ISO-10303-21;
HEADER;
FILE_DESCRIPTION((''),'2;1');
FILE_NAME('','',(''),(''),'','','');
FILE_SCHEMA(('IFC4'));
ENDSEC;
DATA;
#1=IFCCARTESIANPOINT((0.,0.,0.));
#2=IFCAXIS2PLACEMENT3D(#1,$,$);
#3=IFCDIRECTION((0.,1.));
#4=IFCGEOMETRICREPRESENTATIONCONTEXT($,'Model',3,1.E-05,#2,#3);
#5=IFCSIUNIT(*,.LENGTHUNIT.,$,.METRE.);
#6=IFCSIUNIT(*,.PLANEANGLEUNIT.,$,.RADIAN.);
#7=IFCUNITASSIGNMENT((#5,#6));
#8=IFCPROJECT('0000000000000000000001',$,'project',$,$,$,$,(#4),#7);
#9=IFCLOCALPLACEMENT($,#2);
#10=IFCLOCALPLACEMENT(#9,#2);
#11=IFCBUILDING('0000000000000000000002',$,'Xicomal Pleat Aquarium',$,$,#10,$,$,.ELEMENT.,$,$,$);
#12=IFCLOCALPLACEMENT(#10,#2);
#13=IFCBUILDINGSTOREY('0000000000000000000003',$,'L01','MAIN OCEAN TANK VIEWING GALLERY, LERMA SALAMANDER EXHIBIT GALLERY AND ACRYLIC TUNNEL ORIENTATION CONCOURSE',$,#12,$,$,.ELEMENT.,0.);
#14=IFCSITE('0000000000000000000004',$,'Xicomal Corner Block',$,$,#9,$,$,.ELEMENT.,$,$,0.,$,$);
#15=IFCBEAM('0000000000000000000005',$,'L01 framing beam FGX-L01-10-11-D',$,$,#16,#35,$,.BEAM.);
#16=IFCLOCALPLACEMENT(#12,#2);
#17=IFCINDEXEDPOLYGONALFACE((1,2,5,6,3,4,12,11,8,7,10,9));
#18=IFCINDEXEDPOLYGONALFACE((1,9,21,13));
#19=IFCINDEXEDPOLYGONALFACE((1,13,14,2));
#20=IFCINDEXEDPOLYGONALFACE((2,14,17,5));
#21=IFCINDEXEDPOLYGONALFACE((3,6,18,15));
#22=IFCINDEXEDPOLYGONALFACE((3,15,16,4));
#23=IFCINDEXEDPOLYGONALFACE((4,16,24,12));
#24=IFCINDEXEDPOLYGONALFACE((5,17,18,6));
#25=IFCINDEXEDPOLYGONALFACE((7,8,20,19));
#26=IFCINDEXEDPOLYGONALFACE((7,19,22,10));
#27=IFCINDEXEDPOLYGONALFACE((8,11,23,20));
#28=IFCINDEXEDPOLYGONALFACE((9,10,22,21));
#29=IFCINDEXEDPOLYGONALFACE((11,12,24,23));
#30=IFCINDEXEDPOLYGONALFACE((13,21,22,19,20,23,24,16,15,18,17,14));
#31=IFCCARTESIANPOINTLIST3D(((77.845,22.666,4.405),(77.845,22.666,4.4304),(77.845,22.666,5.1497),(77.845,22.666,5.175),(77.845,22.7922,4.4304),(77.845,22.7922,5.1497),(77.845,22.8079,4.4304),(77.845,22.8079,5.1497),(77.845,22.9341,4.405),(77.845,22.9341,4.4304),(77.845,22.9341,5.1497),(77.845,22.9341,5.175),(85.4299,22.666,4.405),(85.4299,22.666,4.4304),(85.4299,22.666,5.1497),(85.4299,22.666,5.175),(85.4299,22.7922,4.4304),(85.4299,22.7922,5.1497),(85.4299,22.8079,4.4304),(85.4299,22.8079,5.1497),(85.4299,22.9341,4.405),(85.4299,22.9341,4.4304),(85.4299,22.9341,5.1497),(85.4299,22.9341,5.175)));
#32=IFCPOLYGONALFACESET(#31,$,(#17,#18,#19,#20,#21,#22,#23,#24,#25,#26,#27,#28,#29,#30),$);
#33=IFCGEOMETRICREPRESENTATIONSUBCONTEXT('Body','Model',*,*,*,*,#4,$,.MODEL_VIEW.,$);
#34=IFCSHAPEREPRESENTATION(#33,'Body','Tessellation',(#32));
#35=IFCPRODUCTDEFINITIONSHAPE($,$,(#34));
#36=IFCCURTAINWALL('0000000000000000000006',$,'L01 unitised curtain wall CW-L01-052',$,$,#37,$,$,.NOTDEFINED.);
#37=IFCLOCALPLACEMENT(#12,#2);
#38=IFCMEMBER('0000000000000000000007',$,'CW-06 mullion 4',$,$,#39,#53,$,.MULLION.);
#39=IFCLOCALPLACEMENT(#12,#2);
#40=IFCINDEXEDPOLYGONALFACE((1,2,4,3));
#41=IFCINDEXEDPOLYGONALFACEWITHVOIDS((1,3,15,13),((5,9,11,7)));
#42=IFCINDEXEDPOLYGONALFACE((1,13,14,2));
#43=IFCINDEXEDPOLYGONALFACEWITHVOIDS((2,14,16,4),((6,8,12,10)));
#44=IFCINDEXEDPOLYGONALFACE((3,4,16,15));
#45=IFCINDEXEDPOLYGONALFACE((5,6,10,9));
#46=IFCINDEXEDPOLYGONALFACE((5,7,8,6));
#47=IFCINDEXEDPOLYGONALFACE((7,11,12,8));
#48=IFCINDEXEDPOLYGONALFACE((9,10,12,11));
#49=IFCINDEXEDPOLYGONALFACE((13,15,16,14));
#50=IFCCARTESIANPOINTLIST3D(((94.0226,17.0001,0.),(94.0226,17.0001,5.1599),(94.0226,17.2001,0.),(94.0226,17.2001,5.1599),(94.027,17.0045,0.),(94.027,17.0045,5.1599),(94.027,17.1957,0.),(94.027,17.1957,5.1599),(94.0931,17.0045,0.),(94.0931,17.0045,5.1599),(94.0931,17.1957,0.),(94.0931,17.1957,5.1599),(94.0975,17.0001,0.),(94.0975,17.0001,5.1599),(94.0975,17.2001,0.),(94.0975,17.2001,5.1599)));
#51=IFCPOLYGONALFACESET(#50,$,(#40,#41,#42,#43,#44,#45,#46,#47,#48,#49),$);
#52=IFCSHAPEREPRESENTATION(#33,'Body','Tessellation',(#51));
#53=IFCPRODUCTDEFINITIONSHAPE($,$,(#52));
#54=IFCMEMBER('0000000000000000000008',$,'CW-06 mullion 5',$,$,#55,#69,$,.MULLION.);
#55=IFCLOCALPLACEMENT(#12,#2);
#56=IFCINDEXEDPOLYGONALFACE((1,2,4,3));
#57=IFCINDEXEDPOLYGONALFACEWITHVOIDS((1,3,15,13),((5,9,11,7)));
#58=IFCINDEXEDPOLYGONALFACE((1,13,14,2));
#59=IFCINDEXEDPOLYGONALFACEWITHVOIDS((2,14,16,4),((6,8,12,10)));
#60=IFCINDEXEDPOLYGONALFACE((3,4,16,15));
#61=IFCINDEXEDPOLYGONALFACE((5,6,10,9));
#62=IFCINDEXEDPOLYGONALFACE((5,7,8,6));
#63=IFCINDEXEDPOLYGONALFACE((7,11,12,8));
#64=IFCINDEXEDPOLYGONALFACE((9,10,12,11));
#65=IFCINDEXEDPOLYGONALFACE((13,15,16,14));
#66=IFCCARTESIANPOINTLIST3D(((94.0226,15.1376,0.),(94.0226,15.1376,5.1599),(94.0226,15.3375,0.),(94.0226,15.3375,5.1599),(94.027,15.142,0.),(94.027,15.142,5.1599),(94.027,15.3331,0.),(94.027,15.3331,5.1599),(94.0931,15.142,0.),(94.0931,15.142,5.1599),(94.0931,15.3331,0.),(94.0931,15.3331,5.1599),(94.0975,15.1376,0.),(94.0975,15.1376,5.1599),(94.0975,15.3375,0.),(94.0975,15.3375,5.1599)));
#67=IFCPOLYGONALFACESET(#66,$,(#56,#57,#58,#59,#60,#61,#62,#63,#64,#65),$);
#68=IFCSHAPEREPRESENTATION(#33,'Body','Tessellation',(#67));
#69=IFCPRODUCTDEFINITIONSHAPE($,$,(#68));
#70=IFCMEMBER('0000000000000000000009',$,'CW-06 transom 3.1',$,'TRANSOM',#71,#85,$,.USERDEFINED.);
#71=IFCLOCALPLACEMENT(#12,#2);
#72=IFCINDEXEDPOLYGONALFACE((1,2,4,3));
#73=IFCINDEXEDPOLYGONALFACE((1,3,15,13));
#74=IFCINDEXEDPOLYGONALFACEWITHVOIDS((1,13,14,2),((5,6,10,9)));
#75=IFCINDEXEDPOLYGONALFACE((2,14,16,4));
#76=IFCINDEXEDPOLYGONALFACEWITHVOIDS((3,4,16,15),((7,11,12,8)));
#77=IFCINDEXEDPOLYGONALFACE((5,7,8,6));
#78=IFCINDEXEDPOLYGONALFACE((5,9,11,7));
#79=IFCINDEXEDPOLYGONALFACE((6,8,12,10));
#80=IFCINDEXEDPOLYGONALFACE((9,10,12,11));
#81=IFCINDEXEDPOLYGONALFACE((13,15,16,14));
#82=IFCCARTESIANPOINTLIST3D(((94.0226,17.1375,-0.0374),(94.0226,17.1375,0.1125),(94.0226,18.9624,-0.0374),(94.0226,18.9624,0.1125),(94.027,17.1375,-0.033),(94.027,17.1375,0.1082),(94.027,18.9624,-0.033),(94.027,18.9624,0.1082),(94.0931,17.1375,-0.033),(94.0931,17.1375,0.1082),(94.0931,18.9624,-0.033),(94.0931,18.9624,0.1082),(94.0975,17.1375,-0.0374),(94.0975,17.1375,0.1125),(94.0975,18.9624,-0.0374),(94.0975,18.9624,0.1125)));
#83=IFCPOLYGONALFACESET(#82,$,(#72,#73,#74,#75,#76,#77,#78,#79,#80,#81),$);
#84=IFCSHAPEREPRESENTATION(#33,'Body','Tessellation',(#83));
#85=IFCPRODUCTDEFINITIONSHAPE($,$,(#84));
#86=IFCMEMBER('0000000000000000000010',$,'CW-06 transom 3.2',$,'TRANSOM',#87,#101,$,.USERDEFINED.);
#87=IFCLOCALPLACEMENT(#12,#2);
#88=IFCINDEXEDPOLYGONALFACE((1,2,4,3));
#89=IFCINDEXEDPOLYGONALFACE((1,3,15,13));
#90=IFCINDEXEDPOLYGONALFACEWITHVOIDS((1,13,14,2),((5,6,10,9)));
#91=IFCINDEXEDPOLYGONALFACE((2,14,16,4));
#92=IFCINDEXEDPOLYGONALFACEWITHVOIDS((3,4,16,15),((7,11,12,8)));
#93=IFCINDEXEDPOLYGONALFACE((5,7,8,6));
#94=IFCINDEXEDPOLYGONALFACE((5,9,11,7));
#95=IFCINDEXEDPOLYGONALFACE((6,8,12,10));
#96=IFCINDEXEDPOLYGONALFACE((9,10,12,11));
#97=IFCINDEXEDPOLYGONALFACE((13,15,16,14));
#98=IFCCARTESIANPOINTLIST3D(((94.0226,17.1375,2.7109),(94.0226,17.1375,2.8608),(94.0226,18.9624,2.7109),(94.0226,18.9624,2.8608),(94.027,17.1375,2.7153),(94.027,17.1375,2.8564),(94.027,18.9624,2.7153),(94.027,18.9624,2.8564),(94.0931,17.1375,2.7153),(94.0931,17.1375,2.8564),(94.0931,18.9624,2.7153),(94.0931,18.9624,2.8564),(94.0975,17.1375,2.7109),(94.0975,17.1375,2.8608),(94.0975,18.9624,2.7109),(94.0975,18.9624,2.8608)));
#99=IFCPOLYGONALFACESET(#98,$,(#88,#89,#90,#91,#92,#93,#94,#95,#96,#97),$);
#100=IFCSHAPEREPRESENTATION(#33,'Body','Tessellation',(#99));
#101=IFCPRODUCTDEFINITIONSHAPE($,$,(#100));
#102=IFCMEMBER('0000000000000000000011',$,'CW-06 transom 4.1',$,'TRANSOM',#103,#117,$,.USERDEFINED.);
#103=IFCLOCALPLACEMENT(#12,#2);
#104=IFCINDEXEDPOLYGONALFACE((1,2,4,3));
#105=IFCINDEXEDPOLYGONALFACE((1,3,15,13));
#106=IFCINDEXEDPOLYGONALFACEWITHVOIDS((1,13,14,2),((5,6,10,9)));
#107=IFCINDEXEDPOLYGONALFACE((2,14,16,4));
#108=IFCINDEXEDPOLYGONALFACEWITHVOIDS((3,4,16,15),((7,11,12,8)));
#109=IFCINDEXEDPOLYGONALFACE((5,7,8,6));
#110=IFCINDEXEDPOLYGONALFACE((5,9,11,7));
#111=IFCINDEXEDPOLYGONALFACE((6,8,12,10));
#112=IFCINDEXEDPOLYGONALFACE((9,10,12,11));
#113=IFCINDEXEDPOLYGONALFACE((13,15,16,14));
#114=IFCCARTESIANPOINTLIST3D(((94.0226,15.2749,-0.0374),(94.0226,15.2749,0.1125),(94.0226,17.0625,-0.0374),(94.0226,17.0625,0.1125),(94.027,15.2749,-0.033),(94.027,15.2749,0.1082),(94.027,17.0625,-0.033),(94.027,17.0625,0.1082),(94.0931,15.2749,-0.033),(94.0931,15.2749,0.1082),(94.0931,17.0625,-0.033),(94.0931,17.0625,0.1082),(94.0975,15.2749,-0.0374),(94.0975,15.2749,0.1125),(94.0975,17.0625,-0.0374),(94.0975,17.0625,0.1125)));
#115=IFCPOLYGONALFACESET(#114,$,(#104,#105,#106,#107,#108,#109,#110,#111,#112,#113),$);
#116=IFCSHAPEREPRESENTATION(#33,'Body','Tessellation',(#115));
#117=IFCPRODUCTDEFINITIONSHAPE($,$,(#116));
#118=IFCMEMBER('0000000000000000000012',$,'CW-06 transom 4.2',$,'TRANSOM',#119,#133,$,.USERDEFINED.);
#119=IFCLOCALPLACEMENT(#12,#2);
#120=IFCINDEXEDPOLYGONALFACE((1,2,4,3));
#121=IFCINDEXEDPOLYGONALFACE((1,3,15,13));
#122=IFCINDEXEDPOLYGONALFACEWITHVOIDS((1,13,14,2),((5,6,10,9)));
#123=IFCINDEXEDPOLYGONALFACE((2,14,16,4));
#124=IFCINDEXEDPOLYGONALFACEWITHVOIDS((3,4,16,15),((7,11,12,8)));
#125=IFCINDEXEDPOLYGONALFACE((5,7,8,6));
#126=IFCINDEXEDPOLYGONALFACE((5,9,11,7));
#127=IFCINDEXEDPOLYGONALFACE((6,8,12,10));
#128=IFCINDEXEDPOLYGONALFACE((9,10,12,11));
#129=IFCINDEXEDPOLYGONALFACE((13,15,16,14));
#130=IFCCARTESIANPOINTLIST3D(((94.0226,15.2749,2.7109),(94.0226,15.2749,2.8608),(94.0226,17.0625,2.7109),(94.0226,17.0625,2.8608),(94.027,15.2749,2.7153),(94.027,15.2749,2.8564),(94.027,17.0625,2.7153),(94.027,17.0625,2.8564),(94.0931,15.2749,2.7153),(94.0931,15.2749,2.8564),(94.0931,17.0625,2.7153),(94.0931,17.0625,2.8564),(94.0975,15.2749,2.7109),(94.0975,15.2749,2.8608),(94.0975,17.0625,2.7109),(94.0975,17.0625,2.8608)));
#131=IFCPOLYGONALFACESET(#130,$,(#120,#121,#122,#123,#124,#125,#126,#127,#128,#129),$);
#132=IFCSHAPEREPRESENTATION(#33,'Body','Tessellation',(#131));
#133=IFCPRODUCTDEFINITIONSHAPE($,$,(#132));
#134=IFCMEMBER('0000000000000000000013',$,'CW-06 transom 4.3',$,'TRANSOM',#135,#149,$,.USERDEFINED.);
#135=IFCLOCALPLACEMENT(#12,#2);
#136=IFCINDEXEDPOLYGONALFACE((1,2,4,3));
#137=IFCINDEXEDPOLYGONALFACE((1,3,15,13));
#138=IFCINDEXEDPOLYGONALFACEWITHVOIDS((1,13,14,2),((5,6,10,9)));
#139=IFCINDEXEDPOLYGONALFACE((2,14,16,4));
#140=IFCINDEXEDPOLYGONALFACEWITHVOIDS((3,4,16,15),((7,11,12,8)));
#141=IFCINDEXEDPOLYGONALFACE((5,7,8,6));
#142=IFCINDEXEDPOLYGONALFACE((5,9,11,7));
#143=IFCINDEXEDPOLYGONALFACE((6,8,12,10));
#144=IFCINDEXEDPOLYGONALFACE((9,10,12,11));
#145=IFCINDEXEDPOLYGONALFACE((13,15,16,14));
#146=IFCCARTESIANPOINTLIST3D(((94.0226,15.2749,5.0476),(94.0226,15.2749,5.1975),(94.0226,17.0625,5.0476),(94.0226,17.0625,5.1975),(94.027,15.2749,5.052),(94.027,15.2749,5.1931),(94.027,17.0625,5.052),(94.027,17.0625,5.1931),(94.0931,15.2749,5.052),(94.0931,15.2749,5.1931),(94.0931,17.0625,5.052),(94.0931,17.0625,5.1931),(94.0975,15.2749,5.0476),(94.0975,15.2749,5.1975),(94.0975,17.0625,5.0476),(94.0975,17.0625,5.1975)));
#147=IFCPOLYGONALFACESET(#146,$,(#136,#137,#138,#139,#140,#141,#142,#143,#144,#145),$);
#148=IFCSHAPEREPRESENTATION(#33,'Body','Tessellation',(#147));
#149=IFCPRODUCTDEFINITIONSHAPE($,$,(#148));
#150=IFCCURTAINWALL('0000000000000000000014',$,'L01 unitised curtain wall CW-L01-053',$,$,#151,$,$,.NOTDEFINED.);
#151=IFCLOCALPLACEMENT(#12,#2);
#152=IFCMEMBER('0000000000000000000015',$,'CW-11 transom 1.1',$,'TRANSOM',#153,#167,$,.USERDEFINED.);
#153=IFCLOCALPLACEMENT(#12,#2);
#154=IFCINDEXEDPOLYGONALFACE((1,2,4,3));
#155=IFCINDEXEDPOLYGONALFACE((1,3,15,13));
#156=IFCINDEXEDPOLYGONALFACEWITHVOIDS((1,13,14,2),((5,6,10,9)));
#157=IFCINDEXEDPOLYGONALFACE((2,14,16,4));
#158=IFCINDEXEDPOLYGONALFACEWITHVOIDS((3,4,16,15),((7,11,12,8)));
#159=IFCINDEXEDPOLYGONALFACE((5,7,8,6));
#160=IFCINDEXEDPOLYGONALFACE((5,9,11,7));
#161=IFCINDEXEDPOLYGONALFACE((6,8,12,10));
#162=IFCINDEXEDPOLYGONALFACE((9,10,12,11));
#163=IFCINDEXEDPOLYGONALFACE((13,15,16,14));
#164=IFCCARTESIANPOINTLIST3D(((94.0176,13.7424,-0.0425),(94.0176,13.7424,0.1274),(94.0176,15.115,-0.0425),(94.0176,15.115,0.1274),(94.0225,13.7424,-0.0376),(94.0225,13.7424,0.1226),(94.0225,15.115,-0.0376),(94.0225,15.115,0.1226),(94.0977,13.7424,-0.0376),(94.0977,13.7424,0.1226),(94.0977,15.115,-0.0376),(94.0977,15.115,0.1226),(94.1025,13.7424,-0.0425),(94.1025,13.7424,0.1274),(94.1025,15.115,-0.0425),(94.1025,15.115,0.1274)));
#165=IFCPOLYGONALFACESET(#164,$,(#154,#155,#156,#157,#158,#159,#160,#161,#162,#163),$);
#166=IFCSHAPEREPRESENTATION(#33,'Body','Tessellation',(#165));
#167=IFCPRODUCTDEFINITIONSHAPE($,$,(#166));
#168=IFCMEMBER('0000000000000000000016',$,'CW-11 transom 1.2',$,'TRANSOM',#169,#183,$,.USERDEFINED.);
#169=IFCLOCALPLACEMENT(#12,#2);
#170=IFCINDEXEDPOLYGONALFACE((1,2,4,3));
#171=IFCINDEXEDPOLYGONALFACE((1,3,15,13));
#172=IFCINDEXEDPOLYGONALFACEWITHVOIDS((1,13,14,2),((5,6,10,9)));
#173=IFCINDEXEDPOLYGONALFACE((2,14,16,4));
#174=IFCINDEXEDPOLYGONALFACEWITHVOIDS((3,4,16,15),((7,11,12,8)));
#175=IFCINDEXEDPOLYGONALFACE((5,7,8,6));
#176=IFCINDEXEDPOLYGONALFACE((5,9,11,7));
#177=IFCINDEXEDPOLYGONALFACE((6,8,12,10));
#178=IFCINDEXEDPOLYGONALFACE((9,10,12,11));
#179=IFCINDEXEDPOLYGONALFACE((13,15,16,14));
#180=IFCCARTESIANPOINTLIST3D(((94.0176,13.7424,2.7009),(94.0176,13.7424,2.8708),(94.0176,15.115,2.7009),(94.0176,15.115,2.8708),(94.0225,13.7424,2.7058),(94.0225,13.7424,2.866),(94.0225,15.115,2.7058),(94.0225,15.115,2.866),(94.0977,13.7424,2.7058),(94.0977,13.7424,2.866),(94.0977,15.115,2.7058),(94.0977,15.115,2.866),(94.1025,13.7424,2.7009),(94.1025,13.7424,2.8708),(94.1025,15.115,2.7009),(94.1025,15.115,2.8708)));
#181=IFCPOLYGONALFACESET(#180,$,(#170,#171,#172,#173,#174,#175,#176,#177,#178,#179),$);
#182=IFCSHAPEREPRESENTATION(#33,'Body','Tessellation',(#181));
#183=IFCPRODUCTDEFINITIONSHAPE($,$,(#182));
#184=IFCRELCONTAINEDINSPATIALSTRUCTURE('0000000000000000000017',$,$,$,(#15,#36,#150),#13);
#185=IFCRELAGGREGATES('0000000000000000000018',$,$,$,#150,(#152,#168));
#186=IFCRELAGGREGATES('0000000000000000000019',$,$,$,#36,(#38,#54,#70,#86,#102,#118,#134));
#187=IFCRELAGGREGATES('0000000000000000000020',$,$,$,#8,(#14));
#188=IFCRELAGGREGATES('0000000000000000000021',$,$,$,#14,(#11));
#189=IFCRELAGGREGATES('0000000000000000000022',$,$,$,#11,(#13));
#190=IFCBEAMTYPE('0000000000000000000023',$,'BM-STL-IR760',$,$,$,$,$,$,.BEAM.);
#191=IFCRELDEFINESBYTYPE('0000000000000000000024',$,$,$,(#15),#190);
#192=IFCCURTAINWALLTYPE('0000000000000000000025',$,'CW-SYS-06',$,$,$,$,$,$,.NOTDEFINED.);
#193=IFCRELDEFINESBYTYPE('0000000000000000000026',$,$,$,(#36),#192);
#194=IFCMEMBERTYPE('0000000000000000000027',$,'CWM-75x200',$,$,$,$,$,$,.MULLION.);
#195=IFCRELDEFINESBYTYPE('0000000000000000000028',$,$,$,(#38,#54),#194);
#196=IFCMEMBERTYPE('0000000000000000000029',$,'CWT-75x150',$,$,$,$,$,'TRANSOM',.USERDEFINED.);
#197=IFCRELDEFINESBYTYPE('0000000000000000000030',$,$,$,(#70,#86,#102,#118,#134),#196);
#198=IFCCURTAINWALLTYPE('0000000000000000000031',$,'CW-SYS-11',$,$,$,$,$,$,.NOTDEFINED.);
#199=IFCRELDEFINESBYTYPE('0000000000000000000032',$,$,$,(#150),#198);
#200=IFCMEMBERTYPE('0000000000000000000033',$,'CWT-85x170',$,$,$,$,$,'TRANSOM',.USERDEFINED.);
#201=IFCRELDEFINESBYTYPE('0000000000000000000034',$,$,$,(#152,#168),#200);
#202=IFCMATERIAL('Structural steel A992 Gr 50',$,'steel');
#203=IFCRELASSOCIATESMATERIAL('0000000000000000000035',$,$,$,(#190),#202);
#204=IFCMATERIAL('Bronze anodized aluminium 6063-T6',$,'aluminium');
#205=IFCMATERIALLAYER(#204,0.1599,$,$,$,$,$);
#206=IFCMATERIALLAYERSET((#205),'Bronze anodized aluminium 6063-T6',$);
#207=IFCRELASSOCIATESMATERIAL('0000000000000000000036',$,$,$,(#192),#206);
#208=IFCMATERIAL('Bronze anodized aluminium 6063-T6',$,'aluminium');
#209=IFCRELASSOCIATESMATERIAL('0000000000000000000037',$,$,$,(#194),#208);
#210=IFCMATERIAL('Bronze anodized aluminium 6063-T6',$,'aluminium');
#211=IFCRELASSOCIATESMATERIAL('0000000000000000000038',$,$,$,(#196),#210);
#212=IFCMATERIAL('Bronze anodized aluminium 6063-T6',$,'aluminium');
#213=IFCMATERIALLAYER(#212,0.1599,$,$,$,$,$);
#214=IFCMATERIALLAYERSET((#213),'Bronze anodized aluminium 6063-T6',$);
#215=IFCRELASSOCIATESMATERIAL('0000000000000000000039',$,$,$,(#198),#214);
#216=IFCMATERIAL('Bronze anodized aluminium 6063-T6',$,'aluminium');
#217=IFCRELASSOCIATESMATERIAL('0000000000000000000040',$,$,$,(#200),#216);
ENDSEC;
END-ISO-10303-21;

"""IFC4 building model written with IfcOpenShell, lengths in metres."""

from ifc_helpers import new_model, si_unit, direction, frame, origin, origin_2d, place, context, subcontext, project, spatial, hollow_rectangle, i_section, extrude, material, layer, layer_set, material_profile, profile_set, type_object, element, aggregate, save


model = new_model("IFC4")

# Units and contexts
model_context = context("Model", 3, precision=1e-05, world=origin(), true_north=direction((0.0, 1.0)))
body_context = subcontext(model_context, "Body", "Model", "MODEL_VIEW")
ifc_project = project(units=[si_unit("LENGTHUNIT", "METRE"), si_unit("PLANEANGLEUNIT", "RADIAN")], contexts=[model_context])

# Site, building, storey
site_placement = place(None, origin())
site = spatial("IfcSite", under=ifc_project, at=site_placement, Name="Xicomal Corner Block", CompositionType="ELEMENT", RefElevation=0.0)
building_placement = place(site_placement, origin())
building = spatial("IfcBuilding", under=site, at=building_placement, Name="Xicomal Pleat Aquarium", CompositionType="ELEMENT")
storey_placement = place(building_placement, origin())
storey = spatial("IfcBuildingStorey", under=building, at=storey_placement, Name="L01", Description="MAIN OCEAN TANK VIEWING GALLERY, LERMA SALAMANDER EXHIBIT GALLERY AND ACRYLIC TUNNEL ORIENTATION CONCOURSE", CompositionType="ELEMENT", Elevation=0.0)

# Beam
ifc_material_1 = material(Name="Structural steel A992 Gr 50", Category="steel")
ifc_material_profile_1 = material_profile(ifc_material_1, i_section(OverallWidth=0.2681, OverallDepth=0.77, WebThickness=0.0156, FlangeThickness=0.0254, at=origin_2d()), Name="IR 760x196")
ifc_profile_set_1 = profile_set([ifc_material_profile_1], Name="Structural steel A992 Gr 50")
beam_type_1 = type_object("IfcBeamType", Name="BM-STL-IR760", PredefinedType="BEAM", material=ifc_profile_set_1)
beam_1_placement = place(storey_placement, frame((77.845, 22.8, 4.79), z_axis=(1.0, 0.0, 0.0), x_axis=(0.0, 1.0, 0.0)))
element("IfcBeam", 1, at=beam_1_placement, inside=storey, type_object=beam_type_1, Name="L01 framing beam FGX-L01-10-11-D", PredefinedType="BEAM", context=body_context, shape_type="SweptSolid", body=[
    extrude(i_section(OverallWidth=0.2681, OverallDepth=0.77, WebThickness=0.0156, FlangeThickness=0.0254, at=origin_2d()), origin(), (0.0, 0.0, 1.0), 7.585),
])

# Curtain walls, members
ifc_material_2 = material(Name="Bronze anodized aluminium 6063-T6", Category="aluminium")
ifc_layer_1 = layer(ifc_material_2, 0.1599)
ifc_layer_set_1 = layer_set([ifc_layer_1], Name="Bronze anodized aluminium 6063-T6")
curtain_wall_type_1 = type_object("IfcCurtainWallType", Name="CW-SYS-06", PredefinedType="NOTDEFINED", material=ifc_layer_set_1)
curtain_wall_1_placement = place(storey_placement, origin())
curtain_wall_1 = element("IfcCurtainWall", 2, at=curtain_wall_1_placement, inside=storey, type_object=curtain_wall_type_1, Name="L01 unitised curtain wall CW-L01-052", PredefinedType="NOTDEFINED")
ifc_material_3 = material(Name="Bronze anodized aluminium 6063-T6", Category="aluminium")
ifc_material_profile_2 = material_profile(ifc_material_3, hollow_rectangle(XDim=0.075, YDim=0.2, WallThickness=0.0044, at=origin_2d()), Name="ALU MULL 75x200")
ifc_profile_set_2 = profile_set([ifc_material_profile_2], Name="Bronze anodized aluminium 6063-T6")
member_type_1 = type_object("IfcMemberType", Name="CWM-75x200", PredefinedType="MULLION", material=ifc_profile_set_2)
member_1_placement = place(storey_placement, frame((94.0601, 17.1001, 0.0), z_axis=(0.0, 0.0, 1.0), x_axis=(1.0, 0.0, 0.0)))
member_1 = element("IfcMember", 3, at=member_1_placement, type_object=member_type_1, Name="CW-06 mullion 4", PredefinedType="MULLION", context=body_context, shape_type="SweptSolid", body=[
    extrude(hollow_rectangle(XDim=0.075, YDim=0.2, WallThickness=0.0044, at=origin_2d()), origin(), (0.0, 0.0, 1.0), 5.1599),
])
member_2_placement = place(storey_placement, frame((94.0601, 15.2375, 0.0), z_axis=(0.0, 0.0, 1.0), x_axis=(1.0, 0.0, 0.0)))
member_2 = element("IfcMember", 4, at=member_2_placement, type_object=member_type_1, Name="CW-06 mullion 5", PredefinedType="MULLION", context=body_context, shape_type="SweptSolid", body=[
    extrude(hollow_rectangle(XDim=0.075, YDim=0.2, WallThickness=0.0044, at=origin_2d()), origin(), (0.0, 0.0, 1.0), 5.1599),
])
ifc_material_4 = material(Name="Bronze anodized aluminium 6063-T6", Category="aluminium")
ifc_material_profile_3 = material_profile(ifc_material_4, hollow_rectangle(XDim=0.075, YDim=0.1499, WallThickness=0.0044, at=origin_2d()), Name="ALU TRAN 75x150")
ifc_profile_set_3 = profile_set([ifc_material_profile_3], Name="Bronze anodized aluminium 6063-T6")
member_type_2 = type_object("IfcMemberType", Name="CWT-75x150", ElementType="TRANSOM", PredefinedType="USERDEFINED", material=ifc_profile_set_3)
member_3_placement = place(storey_placement, frame((94.0601, 18.9624, 0.0376), z_axis=(0.0, -1.0, 0.0), x_axis=(1.0, 0.0, 0.0)))
member_3 = element("IfcMember", 5, at=member_3_placement, type_object=member_type_2, Name="CW-06 transom 3.1", ObjectType="TRANSOM", PredefinedType="USERDEFINED", context=body_context, shape_type="SweptSolid", body=[
    extrude(hollow_rectangle(XDim=0.075, YDim=0.1499, WallThickness=0.0044, at=origin_2d()), origin(), (0.0, 0.0, 1.0), 1.825),
])
member_4_placement = place(storey_placement, frame((94.0601, 18.9624, 2.7859), z_axis=(0.0, -1.0, 0.0), x_axis=(1.0, 0.0, 0.0)))
member_4 = element("IfcMember", 6, at=member_4_placement, type_object=member_type_2, Name="CW-06 transom 3.2", ObjectType="TRANSOM", PredefinedType="USERDEFINED", context=body_context, shape_type="SweptSolid", body=[
    extrude(hollow_rectangle(XDim=0.075, YDim=0.1499, WallThickness=0.0044, at=origin_2d()), origin(), (0.0, 0.0, 1.0), 1.825),
])
member_5_placement = place(storey_placement, frame((94.0601, 17.0625, 0.0376), z_axis=(0.0, -1.0, 0.0), x_axis=(1.0, 0.0, 0.0)))
member_5 = element("IfcMember", 7, at=member_5_placement, type_object=member_type_2, Name="CW-06 transom 4.1", ObjectType="TRANSOM", PredefinedType="USERDEFINED", context=body_context, shape_type="SweptSolid", body=[
    extrude(hollow_rectangle(XDim=0.075, YDim=0.1499, WallThickness=0.0044, at=origin_2d()), origin(), (0.0, 0.0, 1.0), 1.7876),
])
member_6_placement = place(storey_placement, frame((94.0601, 17.0625, 2.7859), z_axis=(0.0, -1.0, 0.0), x_axis=(1.0, 0.0, 0.0)))
member_6 = element("IfcMember", 8, at=member_6_placement, type_object=member_type_2, Name="CW-06 transom 4.2", ObjectType="TRANSOM", PredefinedType="USERDEFINED", context=body_context, shape_type="SweptSolid", body=[
    extrude(hollow_rectangle(XDim=0.075, YDim=0.1499, WallThickness=0.0044, at=origin_2d()), origin(), (0.0, 0.0, 1.0), 1.7876),
])
member_7_placement = place(storey_placement, frame((94.0601, 17.0625, 5.1226), z_axis=(0.0, -1.0, 0.0), x_axis=(1.0, 0.0, 0.0)))
member_7 = element("IfcMember", 9, at=member_7_placement, type_object=member_type_2, Name="CW-06 transom 4.3", ObjectType="TRANSOM", PredefinedType="USERDEFINED", context=body_context, shape_type="SweptSolid", body=[
    extrude(hollow_rectangle(XDim=0.075, YDim=0.1499, WallThickness=0.0044, at=origin_2d()), origin(), (0.0, 0.0, 1.0), 1.7876),
])
ifc_material_5 = material(Name="Bronze anodized aluminium 6063-T6", Category="aluminium")
ifc_layer_2 = layer(ifc_material_5, 0.1599)
ifc_layer_set_2 = layer_set([ifc_layer_2], Name="Bronze anodized aluminium 6063-T6")
curtain_wall_type_2 = type_object("IfcCurtainWallType", Name="CW-SYS-11", PredefinedType="NOTDEFINED", material=ifc_layer_set_2)
curtain_wall_2_placement = place(storey_placement, origin())
curtain_wall_2 = element("IfcCurtainWall", 10, at=curtain_wall_2_placement, inside=storey, type_object=curtain_wall_type_2, Name="L01 unitised curtain wall CW-L01-053", PredefinedType="NOTDEFINED")
ifc_material_6 = material(Name="Bronze anodized aluminium 6063-T6", Category="aluminium")
ifc_material_profile_4 = material_profile(ifc_material_6, hollow_rectangle(XDim=0.085, YDim=0.1699, WallThickness=0.0049, at=origin_2d()), Name="ALU TRAN 85x170")
ifc_profile_set_4 = profile_set([ifc_material_profile_4], Name="Bronze anodized aluminium 6063-T6")
member_type_3 = type_object("IfcMemberType", Name="CWT-85x170", ElementType="TRANSOM", PredefinedType="USERDEFINED", material=ifc_profile_set_4)
member_8_placement = place(storey_placement, frame((94.0601, 15.115, 0.0425), z_axis=(0.0, -1.0, 0.0), x_axis=(1.0, 0.0, 0.0)))
member_8 = element("IfcMember", 11, at=member_8_placement, type_object=member_type_3, Name="CW-11 transom 1.1", ObjectType="TRANSOM", PredefinedType="USERDEFINED", context=body_context, shape_type="SweptSolid", body=[
    extrude(hollow_rectangle(XDim=0.085, YDim=0.1699, WallThickness=0.0049, at=origin_2d()), origin(), (0.0, 0.0, 1.0), 1.3726),
])
member_9_placement = place(storey_placement, frame((94.0601, 15.115, 2.7859), z_axis=(0.0, -1.0, 0.0), x_axis=(1.0, 0.0, 0.0)))
member_9 = element("IfcMember", 12, at=member_9_placement, type_object=member_type_3, Name="CW-11 transom 1.2", ObjectType="TRANSOM", PredefinedType="USERDEFINED", context=body_context, shape_type="SweptSolid", body=[
    extrude(hollow_rectangle(XDim=0.085, YDim=0.1699, WallThickness=0.0049, at=origin_2d()), origin(), (0.0, 0.0, 1.0), 1.3726),
])
aggregate(curtain_wall_2, [member_8, member_9])

aggregate(curtain_wall_1, [member_1, member_2, member_3, member_4, member_5, member_6, member_7])

save(model, "model.ifc")
